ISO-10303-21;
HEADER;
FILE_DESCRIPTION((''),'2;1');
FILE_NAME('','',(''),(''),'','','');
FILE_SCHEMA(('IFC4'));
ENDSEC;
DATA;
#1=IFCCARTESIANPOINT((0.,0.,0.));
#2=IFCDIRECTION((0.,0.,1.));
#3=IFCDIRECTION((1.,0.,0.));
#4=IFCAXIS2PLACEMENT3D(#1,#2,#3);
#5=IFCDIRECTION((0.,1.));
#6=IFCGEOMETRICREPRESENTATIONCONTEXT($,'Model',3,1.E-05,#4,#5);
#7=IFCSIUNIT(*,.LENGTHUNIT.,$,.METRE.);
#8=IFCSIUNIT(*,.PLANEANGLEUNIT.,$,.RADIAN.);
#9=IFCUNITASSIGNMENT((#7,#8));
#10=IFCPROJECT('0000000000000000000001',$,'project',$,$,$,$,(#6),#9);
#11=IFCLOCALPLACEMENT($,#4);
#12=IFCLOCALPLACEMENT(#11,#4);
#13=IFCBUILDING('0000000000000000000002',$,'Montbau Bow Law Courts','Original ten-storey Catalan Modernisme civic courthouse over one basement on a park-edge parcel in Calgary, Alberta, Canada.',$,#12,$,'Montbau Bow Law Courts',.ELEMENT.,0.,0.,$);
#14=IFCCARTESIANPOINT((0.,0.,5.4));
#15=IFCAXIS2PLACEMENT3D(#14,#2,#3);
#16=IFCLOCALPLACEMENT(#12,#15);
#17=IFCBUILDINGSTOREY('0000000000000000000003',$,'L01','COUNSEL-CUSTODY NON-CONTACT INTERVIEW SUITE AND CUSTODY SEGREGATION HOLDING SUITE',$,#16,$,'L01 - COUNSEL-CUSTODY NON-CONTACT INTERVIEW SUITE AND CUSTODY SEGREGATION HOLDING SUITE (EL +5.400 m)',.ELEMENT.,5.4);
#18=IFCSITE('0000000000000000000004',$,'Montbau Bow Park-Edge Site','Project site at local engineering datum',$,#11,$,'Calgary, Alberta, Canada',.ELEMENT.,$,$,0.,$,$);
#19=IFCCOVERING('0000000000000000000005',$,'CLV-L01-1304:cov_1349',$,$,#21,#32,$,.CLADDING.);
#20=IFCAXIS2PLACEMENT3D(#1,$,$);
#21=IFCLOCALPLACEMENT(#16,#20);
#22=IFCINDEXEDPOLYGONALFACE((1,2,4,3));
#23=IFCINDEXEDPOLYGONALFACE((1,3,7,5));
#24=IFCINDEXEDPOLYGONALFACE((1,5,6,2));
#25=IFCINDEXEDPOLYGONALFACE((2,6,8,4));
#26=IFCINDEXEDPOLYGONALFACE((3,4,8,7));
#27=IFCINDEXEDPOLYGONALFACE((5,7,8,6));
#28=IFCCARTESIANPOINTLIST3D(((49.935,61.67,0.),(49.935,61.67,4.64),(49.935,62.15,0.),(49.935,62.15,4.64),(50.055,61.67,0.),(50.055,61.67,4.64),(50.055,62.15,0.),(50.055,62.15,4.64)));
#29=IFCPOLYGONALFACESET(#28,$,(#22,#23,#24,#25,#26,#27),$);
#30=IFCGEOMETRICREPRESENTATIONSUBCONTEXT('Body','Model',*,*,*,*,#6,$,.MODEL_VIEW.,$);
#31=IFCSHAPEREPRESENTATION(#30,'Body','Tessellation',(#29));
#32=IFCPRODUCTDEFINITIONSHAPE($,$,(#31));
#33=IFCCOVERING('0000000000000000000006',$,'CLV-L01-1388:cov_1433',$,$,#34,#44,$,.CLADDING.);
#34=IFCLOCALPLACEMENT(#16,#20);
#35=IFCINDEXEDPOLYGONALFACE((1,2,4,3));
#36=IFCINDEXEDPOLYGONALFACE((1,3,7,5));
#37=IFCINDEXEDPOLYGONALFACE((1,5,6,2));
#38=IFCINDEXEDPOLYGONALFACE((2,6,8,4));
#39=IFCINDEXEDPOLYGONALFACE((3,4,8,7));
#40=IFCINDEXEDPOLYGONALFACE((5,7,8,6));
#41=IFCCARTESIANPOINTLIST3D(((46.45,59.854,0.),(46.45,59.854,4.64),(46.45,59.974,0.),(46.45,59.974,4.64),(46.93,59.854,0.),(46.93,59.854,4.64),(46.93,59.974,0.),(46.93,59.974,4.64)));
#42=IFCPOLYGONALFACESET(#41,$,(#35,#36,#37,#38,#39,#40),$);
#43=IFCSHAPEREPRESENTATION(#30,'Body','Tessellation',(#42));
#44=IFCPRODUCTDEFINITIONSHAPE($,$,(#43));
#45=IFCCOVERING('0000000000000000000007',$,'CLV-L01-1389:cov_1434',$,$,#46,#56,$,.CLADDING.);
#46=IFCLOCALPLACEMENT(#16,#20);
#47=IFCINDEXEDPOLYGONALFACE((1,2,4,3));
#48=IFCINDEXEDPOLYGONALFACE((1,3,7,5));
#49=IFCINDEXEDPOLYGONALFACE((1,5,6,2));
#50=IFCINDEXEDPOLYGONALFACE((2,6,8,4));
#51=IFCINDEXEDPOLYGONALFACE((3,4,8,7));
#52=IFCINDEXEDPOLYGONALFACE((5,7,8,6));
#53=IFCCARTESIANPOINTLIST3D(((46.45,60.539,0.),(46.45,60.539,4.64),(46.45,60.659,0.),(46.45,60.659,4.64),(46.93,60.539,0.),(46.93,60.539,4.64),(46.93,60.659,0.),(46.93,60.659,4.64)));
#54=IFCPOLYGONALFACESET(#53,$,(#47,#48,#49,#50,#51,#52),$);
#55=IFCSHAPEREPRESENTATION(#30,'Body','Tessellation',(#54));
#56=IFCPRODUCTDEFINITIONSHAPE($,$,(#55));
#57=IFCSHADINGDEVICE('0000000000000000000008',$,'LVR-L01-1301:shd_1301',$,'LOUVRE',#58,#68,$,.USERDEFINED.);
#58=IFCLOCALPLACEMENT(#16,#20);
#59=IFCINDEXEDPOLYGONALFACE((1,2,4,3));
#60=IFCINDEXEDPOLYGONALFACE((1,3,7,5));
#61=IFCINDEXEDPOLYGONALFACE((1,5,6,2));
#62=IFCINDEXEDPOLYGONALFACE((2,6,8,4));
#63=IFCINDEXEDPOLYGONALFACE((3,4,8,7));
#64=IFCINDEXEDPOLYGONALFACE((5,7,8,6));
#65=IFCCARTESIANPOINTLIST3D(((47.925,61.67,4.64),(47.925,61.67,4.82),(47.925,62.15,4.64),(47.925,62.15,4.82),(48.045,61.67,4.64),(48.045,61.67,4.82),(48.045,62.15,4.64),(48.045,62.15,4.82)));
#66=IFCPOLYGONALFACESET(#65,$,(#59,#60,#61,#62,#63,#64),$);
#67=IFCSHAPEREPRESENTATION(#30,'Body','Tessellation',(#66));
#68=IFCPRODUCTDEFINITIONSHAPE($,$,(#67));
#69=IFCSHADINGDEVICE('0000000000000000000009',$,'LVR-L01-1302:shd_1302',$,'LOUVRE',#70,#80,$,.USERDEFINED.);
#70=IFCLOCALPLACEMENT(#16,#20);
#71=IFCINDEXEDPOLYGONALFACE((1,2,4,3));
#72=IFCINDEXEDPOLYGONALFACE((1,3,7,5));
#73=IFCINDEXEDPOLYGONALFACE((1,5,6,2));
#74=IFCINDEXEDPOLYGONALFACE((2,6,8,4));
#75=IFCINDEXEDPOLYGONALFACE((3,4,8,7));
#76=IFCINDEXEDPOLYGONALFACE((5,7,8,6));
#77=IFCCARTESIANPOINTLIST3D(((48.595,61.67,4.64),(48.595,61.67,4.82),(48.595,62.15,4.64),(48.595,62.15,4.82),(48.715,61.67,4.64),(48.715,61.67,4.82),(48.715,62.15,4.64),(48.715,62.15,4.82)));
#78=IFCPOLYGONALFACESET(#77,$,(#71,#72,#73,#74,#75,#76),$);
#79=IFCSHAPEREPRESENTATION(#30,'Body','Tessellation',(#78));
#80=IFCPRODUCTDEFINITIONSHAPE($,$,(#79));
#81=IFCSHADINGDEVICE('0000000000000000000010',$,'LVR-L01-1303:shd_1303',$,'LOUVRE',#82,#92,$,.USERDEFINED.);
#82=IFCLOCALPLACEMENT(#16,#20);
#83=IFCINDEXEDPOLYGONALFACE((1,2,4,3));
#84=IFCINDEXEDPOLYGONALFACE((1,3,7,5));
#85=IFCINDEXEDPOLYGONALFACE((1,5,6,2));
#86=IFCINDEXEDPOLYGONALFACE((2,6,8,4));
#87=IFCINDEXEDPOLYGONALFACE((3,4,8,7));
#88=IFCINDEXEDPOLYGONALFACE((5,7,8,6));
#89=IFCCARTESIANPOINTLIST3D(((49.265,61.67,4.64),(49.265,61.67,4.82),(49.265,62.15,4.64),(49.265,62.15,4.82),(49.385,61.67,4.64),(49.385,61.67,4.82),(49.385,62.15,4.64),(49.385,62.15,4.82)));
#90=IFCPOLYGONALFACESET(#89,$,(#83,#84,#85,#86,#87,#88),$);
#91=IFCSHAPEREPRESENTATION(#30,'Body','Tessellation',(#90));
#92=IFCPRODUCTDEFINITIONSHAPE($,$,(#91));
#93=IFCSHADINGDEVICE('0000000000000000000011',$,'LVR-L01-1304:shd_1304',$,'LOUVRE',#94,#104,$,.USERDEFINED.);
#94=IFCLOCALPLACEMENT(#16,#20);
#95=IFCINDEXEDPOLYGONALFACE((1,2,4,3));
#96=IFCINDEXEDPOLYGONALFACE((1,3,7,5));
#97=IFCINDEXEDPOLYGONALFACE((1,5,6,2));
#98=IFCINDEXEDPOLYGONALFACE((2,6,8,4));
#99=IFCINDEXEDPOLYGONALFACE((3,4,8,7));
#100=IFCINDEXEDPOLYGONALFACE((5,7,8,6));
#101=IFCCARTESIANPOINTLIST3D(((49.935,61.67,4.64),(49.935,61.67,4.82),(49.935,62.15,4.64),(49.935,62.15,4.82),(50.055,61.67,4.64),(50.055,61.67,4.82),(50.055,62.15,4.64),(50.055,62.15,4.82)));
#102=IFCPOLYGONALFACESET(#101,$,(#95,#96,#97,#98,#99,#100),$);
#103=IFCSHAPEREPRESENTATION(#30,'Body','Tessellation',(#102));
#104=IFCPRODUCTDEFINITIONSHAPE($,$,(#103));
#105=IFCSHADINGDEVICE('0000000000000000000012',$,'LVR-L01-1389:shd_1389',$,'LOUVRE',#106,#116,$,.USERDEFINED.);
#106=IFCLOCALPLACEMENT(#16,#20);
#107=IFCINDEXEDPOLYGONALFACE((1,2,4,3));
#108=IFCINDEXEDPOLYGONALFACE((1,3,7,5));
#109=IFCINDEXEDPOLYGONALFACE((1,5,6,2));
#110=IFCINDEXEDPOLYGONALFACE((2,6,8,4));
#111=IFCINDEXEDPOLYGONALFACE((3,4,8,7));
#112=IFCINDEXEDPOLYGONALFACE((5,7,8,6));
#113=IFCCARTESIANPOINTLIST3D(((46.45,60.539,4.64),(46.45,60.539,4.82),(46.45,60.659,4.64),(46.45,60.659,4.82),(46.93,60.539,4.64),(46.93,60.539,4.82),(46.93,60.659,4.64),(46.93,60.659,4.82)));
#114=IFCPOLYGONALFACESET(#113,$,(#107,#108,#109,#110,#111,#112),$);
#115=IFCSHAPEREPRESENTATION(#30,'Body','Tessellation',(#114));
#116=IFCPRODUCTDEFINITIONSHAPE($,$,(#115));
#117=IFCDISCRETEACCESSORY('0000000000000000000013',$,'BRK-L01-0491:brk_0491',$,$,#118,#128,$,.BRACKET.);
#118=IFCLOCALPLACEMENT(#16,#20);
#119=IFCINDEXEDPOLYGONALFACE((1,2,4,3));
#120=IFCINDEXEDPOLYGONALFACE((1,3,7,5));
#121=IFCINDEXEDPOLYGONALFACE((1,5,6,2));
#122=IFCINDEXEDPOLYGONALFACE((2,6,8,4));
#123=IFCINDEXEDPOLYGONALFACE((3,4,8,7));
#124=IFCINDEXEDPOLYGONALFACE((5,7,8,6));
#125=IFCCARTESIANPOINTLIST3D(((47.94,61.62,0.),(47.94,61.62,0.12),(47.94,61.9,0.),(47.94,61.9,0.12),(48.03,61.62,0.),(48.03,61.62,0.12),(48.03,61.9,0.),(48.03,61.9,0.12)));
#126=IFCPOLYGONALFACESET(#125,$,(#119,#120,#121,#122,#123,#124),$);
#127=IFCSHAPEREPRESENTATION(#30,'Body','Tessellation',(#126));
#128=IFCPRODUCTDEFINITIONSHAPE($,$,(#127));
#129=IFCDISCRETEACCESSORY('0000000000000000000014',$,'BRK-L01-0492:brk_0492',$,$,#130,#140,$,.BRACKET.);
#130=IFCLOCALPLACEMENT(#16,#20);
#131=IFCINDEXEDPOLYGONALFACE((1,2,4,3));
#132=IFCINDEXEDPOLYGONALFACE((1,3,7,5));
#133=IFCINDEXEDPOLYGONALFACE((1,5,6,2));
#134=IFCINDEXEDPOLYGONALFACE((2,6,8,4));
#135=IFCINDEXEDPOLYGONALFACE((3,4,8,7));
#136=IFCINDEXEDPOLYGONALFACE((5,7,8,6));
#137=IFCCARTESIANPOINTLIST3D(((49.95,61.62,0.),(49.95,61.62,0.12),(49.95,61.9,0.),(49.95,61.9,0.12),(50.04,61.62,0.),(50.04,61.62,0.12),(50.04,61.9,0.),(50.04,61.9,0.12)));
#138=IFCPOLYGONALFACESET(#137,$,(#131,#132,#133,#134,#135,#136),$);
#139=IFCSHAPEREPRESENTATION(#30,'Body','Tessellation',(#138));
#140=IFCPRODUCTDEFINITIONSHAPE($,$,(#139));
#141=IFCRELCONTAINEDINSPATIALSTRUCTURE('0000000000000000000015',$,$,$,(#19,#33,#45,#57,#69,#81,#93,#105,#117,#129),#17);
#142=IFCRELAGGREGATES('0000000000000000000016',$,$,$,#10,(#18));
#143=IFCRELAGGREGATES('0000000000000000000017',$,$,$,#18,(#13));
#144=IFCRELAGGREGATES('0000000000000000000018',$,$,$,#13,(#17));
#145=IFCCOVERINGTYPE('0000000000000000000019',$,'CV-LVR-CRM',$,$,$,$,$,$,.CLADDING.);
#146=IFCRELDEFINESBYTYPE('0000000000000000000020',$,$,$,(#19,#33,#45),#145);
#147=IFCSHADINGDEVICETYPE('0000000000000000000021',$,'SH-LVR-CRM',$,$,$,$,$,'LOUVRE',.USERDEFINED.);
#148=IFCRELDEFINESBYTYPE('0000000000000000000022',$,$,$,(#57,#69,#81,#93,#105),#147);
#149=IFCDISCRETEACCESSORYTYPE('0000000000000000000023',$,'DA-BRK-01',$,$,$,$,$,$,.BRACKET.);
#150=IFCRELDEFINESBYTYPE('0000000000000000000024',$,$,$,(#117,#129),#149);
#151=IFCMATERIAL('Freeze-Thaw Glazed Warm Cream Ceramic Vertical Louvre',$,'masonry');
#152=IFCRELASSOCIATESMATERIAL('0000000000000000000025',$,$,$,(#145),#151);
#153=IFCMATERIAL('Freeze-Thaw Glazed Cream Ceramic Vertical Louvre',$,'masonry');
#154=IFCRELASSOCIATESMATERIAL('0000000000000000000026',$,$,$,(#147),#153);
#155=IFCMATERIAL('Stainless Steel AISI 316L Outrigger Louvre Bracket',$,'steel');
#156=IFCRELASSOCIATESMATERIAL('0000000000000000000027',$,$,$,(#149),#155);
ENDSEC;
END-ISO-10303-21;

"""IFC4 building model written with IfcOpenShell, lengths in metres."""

from ifc_helpers import new_model, si_unit, direction, frame, frame_2d, origin_with_axes, origin_2d_with_axis, place, context, subcontext, project, spatial, rectangle, extrude, material, type_object, element, save


model = new_model("IFC4")

# Units and contexts
model_context = context("Model", 3, precision=1e-05, world=origin_with_axes(), true_north=direction((0.0, 1.0)))
body_context = subcontext(model_context, "Body", "Model", "MODEL_VIEW")
ifc_project = project(units=[si_unit("LENGTHUNIT", "METRE"), si_unit("PLANEANGLEUNIT", "RADIAN")], contexts=[model_context])

# Site, building, storey
site_placement = place(None, origin_with_axes())
site = spatial("IfcSite", under=ifc_project, at=site_placement, Name="Montbau Bow Park-Edge Site", Description="Project site at local engineering datum", LongName="Calgary, Alberta, Canada", CompositionType="ELEMENT", RefElevation=0.0)
building_placement = place(site_placement, origin_with_axes())
building = spatial("IfcBuilding", under=site, at=building_placement, Name="Montbau Bow Law Courts", Description="Original ten-storey Catalan Modernisme civic courthouse over one basement on a park-edge parcel in Calgary, Alberta, Canada.", LongName="Montbau Bow Law Courts", CompositionType="ELEMENT", ElevationOfRefHeight=0.0, ElevationOfTerrain=0.0)
storey_placement = place(building_placement, frame((0.0, 0.0, 5.4), z_axis=(0.0, 0.0, 1.0), x_axis=(1.0, 0.0, 0.0)))
storey = spatial("IfcBuildingStorey", under=building, at=storey_placement, Name="L01", Description="COUNSEL-CUSTODY NON-CONTACT INTERVIEW SUITE AND CUSTODY SEGREGATION HOLDING SUITE", LongName="L01 - COUNSEL-CUSTODY NON-CONTACT INTERVIEW SUITE AND CUSTODY SEGREGATION HOLDING SUITE (EL +5.400 m)", CompositionType="ELEMENT", Elevation=5.4)

# Coverings
ifc_material_1 = material(Name="Freeze-Thaw Glazed Warm Cream Ceramic Vertical Louvre", Category="masonry")
covering_type = type_object("IfcCoveringType", Name="CV-LVR-CRM", PredefinedType="CLADDING", material=ifc_material_1)
for number, where, z_axis, x_axis, name in (
    (1, (49.995, 61.67, 5.4), (1.0, 0.0, 0.0), (0.0, 1.0, 0.0), "CLV-L01-1304:cov_1349"),
    (2, (46.93, 59.914, 5.4), (0.0, 1.0, 0.0), (-1.0, 0.0, 0.0), "CLV-L01-1388:cov_1433"),
    (3, (46.93, 60.599, 5.4), (0.0, 1.0, 0.0), (-1.0, 0.0, 0.0), "CLV-L01-1389:cov_1434"),
):
    element("IfcCovering", number, at=place(None, frame(where, z_axis=z_axis, x_axis=x_axis)), inside=storey, type_object=covering_type, Name=name, PredefinedType="CLADDING", context=body_context, shape_type="SweptSolid", body=[
        extrude(rectangle(XDim=0.48, YDim=4.64, at=frame_2d((0.24, 2.32), x_axis=(1.0, 0.0))), frame((0.0, 0.0, -0.06), z_axis=(0.0, 0.0, 1.0), x_axis=(1.0, 0.0, 0.0)), (0.0, 0.0, 1.0), 0.12),
    ])

# Shading devices
ifc_material_2 = material(Name="Freeze-Thaw Glazed Cream Ceramic Vertical Louvre", Category="masonry")
shading_device_type = type_object("IfcShadingDeviceType", Name="SH-LVR-CRM", ElementType="LOUVRE", PredefinedType="USERDEFINED", material=ifc_material_2)
for number, where, z_axis, x_axis, name in (
    (4, (47.985, 61.91, 10.04), (0.0, 0.0, 1.0), (0.0, 1.0, 0.0), "LVR-L01-1301:shd_1301"),
    (5, (48.655, 61.91, 10.04), (0.0, 0.0, 1.0), (0.0, 1.0, 0.0), "LVR-L01-1302:shd_1302"),
    (6, (49.325, 61.91, 10.04), (0.0, 0.0, 1.0), (0.0, 1.0, 0.0), "LVR-L01-1303:shd_1303"),
    (7, (49.995, 61.91, 10.04), (0.0, 0.0, 1.0), (0.0, 1.0, 0.0), "LVR-L01-1304:shd_1304"),
    (8, (46.69, 60.599, 10.04), (0.0, 0.0, 1.0), (-1.0, 0.0, 0.0), "LVR-L01-1389:shd_1389"),
):
    element("IfcShadingDevice", number, at=place(None, frame(where, z_axis=z_axis, x_axis=x_axis)), inside=storey, type_object=shading_device_type, Name=name, ObjectType="LOUVRE", PredefinedType="USERDEFINED", context=body_context, shape_type="SweptSolid", body=[
        extrude(rectangle(XDim=0.48, YDim=0.12, at=origin_2d_with_axis()), origin_with_axes(), (0.0, 0.0, 1.0), 0.18),
    ])

# Discrete accessories
ifc_material_3 = material(Name="Stainless Steel AISI 316L Outrigger Louvre Bracket", Category="steel")
discrete_accessory_type = type_object("IfcDiscreteAccessoryType", Name="DA-BRK-01", PredefinedType="BRACKET", material=ifc_material_3)
for number, where, z_axis, x_axis, name in (
    (9, (47.985, 61.76, 5.4), (0.0, 0.0, 1.0), (0.0, 1.0, 0.0), "BRK-L01-0491:brk_0491"),
    (10, (49.995, 61.76, 5.4), (0.0, 0.0, 1.0), (0.0, 1.0, 0.0), "BRK-L01-0492:brk_0492"),
):
    element("IfcDiscreteAccessory", number, at=place(None, frame(where, z_axis=z_axis, x_axis=x_axis)), inside=storey, type_object=discrete_accessory_type, Name=name, PredefinedType="BRACKET", context=body_context, shape_type="SweptSolid", body=[
        extrude(rectangle(XDim=0.28, YDim=0.09, at=origin_2d_with_axis()), origin_with_axes(), (0.0, 0.0, 1.0), 0.12),
    ])

save(model, "model.ifc")
